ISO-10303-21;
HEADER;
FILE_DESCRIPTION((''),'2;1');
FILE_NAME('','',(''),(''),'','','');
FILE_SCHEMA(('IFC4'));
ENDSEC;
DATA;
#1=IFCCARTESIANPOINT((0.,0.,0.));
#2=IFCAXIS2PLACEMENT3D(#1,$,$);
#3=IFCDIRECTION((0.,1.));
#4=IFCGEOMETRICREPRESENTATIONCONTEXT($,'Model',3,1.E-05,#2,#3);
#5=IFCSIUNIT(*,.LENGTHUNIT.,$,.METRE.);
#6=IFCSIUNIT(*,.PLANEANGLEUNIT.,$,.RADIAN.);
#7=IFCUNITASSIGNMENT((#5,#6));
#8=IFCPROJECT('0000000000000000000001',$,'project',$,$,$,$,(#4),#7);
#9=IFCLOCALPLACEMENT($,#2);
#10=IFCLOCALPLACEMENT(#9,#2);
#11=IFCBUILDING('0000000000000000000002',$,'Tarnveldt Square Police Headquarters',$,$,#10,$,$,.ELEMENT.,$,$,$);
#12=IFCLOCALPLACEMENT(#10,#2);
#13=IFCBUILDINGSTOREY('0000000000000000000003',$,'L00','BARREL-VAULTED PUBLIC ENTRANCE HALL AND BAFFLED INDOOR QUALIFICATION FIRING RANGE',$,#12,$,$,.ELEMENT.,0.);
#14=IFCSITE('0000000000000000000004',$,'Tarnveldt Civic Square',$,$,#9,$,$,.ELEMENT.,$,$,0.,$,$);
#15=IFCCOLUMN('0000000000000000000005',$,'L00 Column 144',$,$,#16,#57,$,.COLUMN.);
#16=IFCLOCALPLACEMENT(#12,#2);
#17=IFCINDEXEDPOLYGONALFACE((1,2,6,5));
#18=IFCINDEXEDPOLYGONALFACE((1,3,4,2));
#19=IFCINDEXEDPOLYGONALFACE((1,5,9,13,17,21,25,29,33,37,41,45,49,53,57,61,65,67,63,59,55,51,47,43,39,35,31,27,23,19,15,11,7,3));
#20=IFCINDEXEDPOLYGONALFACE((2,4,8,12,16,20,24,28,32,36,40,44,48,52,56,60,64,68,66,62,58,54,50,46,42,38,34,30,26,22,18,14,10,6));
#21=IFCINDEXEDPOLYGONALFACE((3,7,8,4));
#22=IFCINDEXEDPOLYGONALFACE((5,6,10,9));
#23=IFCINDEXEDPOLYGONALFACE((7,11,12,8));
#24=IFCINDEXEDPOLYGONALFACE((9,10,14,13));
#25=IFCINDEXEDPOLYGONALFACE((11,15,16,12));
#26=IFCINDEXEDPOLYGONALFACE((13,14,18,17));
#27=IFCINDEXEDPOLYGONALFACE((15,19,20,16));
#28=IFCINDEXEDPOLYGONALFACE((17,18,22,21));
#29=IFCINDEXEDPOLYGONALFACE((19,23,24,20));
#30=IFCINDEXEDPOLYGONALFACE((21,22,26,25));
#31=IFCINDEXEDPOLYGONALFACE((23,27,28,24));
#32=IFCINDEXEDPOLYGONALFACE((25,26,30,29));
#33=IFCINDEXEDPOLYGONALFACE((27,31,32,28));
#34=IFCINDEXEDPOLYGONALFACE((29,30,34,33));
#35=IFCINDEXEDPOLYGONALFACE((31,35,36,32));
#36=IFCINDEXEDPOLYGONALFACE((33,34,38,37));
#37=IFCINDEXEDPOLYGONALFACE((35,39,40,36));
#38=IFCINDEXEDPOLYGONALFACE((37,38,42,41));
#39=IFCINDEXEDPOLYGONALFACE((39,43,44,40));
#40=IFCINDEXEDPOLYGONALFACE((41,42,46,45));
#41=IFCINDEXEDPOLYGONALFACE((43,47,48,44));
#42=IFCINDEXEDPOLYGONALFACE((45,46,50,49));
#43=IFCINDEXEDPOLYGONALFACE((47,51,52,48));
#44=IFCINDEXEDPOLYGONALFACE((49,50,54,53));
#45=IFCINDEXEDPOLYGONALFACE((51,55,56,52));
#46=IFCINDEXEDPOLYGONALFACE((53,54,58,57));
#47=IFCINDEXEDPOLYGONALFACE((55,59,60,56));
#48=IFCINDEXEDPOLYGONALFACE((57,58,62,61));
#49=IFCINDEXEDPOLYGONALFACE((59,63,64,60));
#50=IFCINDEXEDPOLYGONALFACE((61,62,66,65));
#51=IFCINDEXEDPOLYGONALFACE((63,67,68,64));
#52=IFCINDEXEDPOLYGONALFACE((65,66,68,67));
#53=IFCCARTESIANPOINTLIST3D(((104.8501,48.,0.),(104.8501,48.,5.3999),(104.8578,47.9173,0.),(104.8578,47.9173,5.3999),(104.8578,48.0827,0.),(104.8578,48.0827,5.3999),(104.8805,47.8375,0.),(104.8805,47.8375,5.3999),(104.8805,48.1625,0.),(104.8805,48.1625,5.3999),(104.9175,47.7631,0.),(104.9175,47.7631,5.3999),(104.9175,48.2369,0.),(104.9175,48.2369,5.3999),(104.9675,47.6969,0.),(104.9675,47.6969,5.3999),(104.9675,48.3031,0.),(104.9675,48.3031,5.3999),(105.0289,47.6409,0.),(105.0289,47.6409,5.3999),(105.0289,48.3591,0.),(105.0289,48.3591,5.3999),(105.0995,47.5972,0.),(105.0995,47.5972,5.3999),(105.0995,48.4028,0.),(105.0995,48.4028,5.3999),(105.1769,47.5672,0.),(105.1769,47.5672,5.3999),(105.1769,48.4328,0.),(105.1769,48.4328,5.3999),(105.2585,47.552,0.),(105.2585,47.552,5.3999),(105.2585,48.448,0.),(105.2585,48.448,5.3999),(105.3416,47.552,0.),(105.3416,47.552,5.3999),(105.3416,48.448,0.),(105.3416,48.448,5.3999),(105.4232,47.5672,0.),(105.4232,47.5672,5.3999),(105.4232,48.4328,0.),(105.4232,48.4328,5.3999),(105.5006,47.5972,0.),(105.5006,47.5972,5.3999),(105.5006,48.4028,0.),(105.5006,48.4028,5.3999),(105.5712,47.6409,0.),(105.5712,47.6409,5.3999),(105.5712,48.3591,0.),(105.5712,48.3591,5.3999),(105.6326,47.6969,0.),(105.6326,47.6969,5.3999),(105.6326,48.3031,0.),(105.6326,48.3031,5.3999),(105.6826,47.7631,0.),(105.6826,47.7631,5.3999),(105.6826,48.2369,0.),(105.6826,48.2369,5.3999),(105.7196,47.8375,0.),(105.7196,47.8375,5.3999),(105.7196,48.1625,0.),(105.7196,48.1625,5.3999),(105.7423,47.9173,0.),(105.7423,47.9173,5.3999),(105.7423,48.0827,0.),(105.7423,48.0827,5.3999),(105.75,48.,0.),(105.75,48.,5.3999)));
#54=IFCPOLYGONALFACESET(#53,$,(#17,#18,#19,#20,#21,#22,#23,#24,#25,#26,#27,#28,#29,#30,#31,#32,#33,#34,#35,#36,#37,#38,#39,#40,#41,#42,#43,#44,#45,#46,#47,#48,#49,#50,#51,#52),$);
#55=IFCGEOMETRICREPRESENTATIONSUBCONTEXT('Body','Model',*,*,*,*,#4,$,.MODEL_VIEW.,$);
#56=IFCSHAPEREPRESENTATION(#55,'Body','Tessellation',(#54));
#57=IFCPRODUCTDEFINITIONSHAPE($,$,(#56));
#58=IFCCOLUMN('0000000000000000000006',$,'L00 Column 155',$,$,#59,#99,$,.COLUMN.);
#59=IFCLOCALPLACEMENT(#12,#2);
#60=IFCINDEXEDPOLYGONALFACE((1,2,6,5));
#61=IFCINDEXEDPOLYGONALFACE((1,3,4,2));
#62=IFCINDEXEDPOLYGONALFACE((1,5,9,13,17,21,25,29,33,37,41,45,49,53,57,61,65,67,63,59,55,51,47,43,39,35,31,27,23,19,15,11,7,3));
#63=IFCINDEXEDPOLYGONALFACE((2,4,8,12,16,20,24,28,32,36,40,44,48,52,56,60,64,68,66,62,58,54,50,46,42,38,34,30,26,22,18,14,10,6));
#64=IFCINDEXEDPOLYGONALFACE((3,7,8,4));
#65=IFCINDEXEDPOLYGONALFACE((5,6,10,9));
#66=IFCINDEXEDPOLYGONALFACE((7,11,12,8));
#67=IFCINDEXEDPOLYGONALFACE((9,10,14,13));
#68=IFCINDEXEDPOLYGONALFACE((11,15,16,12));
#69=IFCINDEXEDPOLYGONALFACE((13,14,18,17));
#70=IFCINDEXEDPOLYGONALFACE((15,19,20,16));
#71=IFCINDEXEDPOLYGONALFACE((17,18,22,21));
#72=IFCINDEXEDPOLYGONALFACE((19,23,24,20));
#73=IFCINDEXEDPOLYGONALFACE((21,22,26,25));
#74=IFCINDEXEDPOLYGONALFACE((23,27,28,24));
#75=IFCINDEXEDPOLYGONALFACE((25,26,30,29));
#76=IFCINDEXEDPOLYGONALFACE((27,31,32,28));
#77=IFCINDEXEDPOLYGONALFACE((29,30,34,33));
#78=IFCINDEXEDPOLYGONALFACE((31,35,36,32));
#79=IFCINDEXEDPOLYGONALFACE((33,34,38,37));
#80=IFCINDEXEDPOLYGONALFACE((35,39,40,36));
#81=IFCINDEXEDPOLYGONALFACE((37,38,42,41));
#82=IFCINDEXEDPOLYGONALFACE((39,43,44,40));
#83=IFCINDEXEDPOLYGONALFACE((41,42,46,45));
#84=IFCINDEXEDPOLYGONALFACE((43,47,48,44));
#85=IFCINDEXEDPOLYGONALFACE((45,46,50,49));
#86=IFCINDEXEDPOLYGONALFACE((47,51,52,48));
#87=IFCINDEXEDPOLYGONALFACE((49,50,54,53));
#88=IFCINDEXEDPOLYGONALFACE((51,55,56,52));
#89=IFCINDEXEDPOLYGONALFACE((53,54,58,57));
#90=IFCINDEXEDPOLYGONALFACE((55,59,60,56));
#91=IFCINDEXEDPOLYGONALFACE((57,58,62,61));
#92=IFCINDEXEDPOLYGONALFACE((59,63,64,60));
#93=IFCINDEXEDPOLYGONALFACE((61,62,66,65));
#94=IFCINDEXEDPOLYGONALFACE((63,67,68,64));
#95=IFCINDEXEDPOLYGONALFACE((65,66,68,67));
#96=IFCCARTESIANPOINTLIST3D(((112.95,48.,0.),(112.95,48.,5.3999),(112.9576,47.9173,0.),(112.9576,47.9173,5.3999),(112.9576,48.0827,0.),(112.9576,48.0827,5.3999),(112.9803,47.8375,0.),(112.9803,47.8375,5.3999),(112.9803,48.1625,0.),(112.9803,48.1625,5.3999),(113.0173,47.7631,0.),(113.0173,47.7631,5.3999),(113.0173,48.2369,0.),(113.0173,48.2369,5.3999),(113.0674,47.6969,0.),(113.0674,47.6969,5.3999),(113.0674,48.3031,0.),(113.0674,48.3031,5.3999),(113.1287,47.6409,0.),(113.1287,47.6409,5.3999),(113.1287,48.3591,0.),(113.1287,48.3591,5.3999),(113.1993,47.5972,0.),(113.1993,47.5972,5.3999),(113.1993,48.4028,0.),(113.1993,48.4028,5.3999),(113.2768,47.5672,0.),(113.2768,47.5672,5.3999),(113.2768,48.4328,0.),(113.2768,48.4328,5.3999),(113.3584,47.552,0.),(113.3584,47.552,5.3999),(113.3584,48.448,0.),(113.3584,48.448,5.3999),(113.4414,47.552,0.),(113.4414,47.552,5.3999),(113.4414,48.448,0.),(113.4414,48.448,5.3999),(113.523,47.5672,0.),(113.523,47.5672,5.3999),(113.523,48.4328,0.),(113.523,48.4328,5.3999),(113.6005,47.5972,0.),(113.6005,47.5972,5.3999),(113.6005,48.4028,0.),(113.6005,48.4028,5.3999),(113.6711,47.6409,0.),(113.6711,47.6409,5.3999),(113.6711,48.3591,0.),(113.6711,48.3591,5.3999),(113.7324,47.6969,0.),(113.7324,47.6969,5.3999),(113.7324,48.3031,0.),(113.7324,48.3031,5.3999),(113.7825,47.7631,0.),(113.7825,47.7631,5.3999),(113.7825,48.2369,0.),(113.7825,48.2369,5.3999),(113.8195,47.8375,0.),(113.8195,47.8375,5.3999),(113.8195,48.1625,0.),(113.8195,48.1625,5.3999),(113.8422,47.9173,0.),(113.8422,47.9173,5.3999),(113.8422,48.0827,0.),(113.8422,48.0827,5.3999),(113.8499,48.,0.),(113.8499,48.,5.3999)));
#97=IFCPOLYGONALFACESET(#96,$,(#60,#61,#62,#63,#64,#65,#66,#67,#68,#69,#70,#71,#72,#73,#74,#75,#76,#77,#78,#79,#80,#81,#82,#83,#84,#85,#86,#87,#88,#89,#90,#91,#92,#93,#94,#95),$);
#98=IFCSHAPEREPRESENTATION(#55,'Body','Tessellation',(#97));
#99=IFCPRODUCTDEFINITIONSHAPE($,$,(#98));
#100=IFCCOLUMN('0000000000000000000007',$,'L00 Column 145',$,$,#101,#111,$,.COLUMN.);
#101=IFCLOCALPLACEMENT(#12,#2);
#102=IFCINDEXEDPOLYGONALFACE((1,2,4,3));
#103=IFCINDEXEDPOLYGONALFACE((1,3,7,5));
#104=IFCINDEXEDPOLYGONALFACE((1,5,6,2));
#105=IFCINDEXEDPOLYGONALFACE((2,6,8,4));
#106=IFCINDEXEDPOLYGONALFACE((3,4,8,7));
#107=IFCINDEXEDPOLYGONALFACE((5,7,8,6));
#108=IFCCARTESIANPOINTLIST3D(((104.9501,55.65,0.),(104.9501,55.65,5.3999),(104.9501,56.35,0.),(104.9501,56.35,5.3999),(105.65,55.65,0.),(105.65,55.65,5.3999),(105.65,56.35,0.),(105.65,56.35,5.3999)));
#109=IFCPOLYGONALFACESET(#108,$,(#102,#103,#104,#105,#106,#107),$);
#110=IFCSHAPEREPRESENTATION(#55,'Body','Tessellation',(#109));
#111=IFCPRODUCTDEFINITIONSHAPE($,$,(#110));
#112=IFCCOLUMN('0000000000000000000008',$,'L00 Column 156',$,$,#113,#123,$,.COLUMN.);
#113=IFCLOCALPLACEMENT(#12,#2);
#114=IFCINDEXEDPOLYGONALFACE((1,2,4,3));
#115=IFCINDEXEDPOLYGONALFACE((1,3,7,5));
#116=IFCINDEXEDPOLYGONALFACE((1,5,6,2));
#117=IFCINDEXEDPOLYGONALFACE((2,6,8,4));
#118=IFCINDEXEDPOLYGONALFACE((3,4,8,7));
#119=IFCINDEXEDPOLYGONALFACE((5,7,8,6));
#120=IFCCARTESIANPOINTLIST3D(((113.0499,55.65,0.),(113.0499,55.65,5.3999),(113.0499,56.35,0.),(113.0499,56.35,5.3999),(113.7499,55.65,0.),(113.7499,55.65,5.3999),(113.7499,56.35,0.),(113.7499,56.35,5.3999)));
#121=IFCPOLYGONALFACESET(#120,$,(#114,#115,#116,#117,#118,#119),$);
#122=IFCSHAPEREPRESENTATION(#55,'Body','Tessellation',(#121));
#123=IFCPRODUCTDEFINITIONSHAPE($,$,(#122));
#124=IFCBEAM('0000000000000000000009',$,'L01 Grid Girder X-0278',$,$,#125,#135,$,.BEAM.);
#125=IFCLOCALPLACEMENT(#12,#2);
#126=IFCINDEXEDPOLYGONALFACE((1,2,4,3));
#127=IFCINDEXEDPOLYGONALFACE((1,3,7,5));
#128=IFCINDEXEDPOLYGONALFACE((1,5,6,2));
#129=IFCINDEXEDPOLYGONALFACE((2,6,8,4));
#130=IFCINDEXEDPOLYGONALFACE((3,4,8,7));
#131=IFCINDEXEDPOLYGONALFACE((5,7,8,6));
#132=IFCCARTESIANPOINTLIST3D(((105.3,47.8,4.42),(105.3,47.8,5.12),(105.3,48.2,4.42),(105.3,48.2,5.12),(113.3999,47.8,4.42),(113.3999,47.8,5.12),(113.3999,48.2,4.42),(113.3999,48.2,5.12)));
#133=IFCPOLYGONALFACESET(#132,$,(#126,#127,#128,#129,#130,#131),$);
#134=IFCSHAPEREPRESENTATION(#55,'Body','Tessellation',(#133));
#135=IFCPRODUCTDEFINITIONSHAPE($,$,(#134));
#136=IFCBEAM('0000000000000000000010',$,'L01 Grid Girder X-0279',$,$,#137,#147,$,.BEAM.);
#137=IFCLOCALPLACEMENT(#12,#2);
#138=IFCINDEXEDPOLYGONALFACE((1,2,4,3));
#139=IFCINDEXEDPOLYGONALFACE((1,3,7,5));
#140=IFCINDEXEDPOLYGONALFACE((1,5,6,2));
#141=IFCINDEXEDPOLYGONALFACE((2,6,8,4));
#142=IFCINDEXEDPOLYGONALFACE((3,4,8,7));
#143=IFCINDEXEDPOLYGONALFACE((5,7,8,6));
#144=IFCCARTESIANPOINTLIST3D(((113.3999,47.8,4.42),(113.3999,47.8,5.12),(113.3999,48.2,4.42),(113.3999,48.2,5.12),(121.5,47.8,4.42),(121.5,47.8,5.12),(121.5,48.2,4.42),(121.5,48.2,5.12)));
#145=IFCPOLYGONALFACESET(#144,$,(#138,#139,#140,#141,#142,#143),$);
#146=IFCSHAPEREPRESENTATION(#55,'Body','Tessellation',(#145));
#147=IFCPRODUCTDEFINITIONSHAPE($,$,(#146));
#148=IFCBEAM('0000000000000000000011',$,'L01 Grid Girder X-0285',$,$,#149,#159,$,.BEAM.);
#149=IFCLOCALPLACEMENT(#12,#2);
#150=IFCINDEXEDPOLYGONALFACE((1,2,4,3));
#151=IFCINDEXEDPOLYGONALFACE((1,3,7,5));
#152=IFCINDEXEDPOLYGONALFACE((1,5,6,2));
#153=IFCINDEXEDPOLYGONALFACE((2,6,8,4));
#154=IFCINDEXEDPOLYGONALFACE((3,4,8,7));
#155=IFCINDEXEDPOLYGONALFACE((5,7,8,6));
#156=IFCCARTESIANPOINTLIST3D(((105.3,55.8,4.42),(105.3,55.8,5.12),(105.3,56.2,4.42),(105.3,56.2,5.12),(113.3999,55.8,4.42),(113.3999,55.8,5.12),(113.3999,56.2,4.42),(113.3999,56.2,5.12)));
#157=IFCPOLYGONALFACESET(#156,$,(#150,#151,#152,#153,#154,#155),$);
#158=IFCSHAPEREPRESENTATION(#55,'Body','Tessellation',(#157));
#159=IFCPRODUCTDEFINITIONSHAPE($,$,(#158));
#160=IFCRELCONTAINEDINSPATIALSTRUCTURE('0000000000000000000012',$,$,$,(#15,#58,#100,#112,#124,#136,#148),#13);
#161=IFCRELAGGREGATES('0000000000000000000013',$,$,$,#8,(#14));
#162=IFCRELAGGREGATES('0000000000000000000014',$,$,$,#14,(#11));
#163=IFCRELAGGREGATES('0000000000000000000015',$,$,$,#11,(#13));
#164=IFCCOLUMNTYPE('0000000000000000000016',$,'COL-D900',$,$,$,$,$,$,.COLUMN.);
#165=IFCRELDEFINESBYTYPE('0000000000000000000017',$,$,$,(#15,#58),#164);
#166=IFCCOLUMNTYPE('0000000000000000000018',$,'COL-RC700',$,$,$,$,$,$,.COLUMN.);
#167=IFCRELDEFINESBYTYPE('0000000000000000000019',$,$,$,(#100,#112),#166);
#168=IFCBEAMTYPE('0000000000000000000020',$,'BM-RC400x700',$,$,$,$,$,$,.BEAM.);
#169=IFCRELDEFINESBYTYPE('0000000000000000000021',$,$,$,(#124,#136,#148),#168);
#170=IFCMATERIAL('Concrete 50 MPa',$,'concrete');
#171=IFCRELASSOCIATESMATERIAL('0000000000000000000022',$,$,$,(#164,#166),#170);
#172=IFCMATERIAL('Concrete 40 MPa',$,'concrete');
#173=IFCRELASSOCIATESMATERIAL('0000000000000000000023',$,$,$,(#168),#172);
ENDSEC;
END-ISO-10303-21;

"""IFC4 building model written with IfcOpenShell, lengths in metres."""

from ifc_helpers import new_model, si_unit, direction, frame, origin, origin_2d, place, context, subcontext, project, spatial, rectangle, circle, extrude, material, material_profile, profile_set, type_object, element, save


model = new_model("IFC4")

# Units and contexts
model_context = context("Model", 3, precision=1e-05, world=origin(), true_north=direction((0.0, 1.0)))
body_context = subcontext(model_context, "Body", "Model", "MODEL_VIEW")
ifc_project = project(units=[si_unit("LENGTHUNIT", "METRE"), si_unit("PLANEANGLEUNIT", "RADIAN")], contexts=[model_context])

# Site, building, storey
site_placement = place(None, origin())
site = spatial("IfcSite", under=ifc_project, at=site_placement, Name="Tarnveldt Civic Square", CompositionType="ELEMENT", RefElevation=0.0)
building_placement = place(site_placement, origin())
building = spatial("IfcBuilding", under=site, at=building_placement, Name="Tarnveldt Square Police Headquarters", CompositionType="ELEMENT")
storey_placement = place(building_placement, origin())
storey = spatial("IfcBuildingStorey", under=building, at=storey_placement, Name="L00", Description="BARREL-VAULTED PUBLIC ENTRANCE HALL AND BAFFLED INDOOR QUALIFICATION FIRING RANGE", CompositionType="ELEMENT", Elevation=0.0)

# Columns
ifc_material_1 = material(Name="Concrete 50 MPa", Category="concrete")
ifc_material_profile_1 = material_profile(ifc_material_1, circle(Radius=0.45, at=origin_2d()), Name="RC-D900")
ifc_profile_set_1 = profile_set([ifc_material_profile_1], Name="Concrete 50 MPa")
column_type_1 = type_object("IfcColumnType", Name="COL-D900", PredefinedType="COLUMN", material=ifc_profile_set_1)
for number, where, z_axis, x_axis, name in (
    (1, (105.3, 48.0, 0.0), (0.0, 0.0, 1.0), (1.0, 0.0, 0.0), "L00 Column 144"),
    (2, (113.3999, 48.0, 0.0), (0.0, 0.0, 1.0), (1.0, 0.0, 0.0), "L00 Column 155"),
):
    element("IfcColumn", number, at=place(storey_placement, frame(where, z_axis=z_axis, x_axis=x_axis)), inside=storey, type_object=column_type_1, Name=name, PredefinedType="COLUMN", context=body_context, shape_type="SweptSolid", body=[
        extrude(circle(Radius=0.45, at=origin_2d()), origin(), (0.0, 0.0, 1.0), 5.3999),
    ])
ifc_material_profile_2 = material_profile(ifc_material_1, rectangle(XDim=0.7, YDim=0.7, at=origin_2d()), Name="RC-C700x700")
ifc_profile_set_2 = profile_set([ifc_material_profile_2], Name="Concrete 50 MPa")
column_type_2 = type_object("IfcColumnType", Name="COL-RC700", PredefinedType="COLUMN", material=ifc_profile_set_2)
for number, where, z_axis, x_axis, name in (
    (3, (105.3, 56.0, 0.0), (0.0, 0.0, 1.0), (1.0, 0.0, 0.0), "L00 Column 145"),
    (4, (113.3999, 56.0, 0.0), (0.0, 0.0, 1.0), (1.0, 0.0, 0.0), "L00 Column 156"),
):
    element("IfcColumn", number, at=place(storey_placement, frame(where, z_axis=z_axis, x_axis=x_axis)), inside=storey, type_object=column_type_2, Name=name, PredefinedType="COLUMN", context=body_context, shape_type="SweptSolid", body=[
        extrude(rectangle(XDim=0.7, YDim=0.7, at=origin_2d()), origin(), (0.0, 0.0, 1.0), 5.3999),
    ])

# Beams
ifc_material_2 = material(Name="Concrete 40 MPa", Category="concrete")
ifc_material_profile_3 = material_profile(ifc_material_2, rectangle(XDim=0.3999, YDim=0.7, at=origin_2d()), Name="RC-B400x700")
ifc_profile_set_3 = profile_set([ifc_material_profile_3], Name="Concrete 40 MPa")
beam_type_1 = type_object("IfcBeamType", Name="BM-RC400x700", PredefinedType="BEAM", material=ifc_profile_set_3)
beam_1_placement = place(storey_placement, frame((105.3, 48.0, 4.77), z_axis=(1.0, 0.0, 0.0), x_axis=(0.0, 1.0, 0.0)))
element("IfcBeam", 5, at=beam_1_placement, inside=storey, type_object=beam_type_1, Name="L01 Grid Girder X-0278", PredefinedType="BEAM", context=body_context, shape_type="SweptSolid", body=[
    extrude(rectangle(XDim=0.3999, YDim=0.7, at=origin_2d()), origin(), (0.0, 0.0, 1.0), 8.0999),
])
beam_2_placement = place(storey_placement, frame((113.3999, 48.0, 4.77), z_axis=(1.0, 0.0, 0.0), x_axis=(0.0, 1.0, 0.0)))
element("IfcBeam", 6, at=beam_2_placement, inside=storey, type_object=beam_type_1, Name="L01 Grid Girder X-0279", PredefinedType="BEAM", context=body_context, shape_type="SweptSolid", body=[
    extrude(rectangle(XDim=0.3999, YDim=0.7, at=origin_2d()), origin(), (0.0, 0.0, 1.0), 8.1001),
])
beam_3_placement = place(storey_placement, frame((105.3, 56.0, 4.77), z_axis=(1.0, 0.0, 0.0), x_axis=(0.0, 1.0, 0.0)))
element("IfcBeam", 7, at=beam_3_placement, inside=storey, type_object=beam_type_1, Name="L01 Grid Girder X-0285", PredefinedType="BEAM", context=body_context, shape_type="SweptSolid", body=[
    extrude(rectangle(XDim=0.3999, YDim=0.7, at=origin_2d()), origin(), (0.0, 0.0, 1.0), 8.0999),
])

save(model, "model.ifc")
